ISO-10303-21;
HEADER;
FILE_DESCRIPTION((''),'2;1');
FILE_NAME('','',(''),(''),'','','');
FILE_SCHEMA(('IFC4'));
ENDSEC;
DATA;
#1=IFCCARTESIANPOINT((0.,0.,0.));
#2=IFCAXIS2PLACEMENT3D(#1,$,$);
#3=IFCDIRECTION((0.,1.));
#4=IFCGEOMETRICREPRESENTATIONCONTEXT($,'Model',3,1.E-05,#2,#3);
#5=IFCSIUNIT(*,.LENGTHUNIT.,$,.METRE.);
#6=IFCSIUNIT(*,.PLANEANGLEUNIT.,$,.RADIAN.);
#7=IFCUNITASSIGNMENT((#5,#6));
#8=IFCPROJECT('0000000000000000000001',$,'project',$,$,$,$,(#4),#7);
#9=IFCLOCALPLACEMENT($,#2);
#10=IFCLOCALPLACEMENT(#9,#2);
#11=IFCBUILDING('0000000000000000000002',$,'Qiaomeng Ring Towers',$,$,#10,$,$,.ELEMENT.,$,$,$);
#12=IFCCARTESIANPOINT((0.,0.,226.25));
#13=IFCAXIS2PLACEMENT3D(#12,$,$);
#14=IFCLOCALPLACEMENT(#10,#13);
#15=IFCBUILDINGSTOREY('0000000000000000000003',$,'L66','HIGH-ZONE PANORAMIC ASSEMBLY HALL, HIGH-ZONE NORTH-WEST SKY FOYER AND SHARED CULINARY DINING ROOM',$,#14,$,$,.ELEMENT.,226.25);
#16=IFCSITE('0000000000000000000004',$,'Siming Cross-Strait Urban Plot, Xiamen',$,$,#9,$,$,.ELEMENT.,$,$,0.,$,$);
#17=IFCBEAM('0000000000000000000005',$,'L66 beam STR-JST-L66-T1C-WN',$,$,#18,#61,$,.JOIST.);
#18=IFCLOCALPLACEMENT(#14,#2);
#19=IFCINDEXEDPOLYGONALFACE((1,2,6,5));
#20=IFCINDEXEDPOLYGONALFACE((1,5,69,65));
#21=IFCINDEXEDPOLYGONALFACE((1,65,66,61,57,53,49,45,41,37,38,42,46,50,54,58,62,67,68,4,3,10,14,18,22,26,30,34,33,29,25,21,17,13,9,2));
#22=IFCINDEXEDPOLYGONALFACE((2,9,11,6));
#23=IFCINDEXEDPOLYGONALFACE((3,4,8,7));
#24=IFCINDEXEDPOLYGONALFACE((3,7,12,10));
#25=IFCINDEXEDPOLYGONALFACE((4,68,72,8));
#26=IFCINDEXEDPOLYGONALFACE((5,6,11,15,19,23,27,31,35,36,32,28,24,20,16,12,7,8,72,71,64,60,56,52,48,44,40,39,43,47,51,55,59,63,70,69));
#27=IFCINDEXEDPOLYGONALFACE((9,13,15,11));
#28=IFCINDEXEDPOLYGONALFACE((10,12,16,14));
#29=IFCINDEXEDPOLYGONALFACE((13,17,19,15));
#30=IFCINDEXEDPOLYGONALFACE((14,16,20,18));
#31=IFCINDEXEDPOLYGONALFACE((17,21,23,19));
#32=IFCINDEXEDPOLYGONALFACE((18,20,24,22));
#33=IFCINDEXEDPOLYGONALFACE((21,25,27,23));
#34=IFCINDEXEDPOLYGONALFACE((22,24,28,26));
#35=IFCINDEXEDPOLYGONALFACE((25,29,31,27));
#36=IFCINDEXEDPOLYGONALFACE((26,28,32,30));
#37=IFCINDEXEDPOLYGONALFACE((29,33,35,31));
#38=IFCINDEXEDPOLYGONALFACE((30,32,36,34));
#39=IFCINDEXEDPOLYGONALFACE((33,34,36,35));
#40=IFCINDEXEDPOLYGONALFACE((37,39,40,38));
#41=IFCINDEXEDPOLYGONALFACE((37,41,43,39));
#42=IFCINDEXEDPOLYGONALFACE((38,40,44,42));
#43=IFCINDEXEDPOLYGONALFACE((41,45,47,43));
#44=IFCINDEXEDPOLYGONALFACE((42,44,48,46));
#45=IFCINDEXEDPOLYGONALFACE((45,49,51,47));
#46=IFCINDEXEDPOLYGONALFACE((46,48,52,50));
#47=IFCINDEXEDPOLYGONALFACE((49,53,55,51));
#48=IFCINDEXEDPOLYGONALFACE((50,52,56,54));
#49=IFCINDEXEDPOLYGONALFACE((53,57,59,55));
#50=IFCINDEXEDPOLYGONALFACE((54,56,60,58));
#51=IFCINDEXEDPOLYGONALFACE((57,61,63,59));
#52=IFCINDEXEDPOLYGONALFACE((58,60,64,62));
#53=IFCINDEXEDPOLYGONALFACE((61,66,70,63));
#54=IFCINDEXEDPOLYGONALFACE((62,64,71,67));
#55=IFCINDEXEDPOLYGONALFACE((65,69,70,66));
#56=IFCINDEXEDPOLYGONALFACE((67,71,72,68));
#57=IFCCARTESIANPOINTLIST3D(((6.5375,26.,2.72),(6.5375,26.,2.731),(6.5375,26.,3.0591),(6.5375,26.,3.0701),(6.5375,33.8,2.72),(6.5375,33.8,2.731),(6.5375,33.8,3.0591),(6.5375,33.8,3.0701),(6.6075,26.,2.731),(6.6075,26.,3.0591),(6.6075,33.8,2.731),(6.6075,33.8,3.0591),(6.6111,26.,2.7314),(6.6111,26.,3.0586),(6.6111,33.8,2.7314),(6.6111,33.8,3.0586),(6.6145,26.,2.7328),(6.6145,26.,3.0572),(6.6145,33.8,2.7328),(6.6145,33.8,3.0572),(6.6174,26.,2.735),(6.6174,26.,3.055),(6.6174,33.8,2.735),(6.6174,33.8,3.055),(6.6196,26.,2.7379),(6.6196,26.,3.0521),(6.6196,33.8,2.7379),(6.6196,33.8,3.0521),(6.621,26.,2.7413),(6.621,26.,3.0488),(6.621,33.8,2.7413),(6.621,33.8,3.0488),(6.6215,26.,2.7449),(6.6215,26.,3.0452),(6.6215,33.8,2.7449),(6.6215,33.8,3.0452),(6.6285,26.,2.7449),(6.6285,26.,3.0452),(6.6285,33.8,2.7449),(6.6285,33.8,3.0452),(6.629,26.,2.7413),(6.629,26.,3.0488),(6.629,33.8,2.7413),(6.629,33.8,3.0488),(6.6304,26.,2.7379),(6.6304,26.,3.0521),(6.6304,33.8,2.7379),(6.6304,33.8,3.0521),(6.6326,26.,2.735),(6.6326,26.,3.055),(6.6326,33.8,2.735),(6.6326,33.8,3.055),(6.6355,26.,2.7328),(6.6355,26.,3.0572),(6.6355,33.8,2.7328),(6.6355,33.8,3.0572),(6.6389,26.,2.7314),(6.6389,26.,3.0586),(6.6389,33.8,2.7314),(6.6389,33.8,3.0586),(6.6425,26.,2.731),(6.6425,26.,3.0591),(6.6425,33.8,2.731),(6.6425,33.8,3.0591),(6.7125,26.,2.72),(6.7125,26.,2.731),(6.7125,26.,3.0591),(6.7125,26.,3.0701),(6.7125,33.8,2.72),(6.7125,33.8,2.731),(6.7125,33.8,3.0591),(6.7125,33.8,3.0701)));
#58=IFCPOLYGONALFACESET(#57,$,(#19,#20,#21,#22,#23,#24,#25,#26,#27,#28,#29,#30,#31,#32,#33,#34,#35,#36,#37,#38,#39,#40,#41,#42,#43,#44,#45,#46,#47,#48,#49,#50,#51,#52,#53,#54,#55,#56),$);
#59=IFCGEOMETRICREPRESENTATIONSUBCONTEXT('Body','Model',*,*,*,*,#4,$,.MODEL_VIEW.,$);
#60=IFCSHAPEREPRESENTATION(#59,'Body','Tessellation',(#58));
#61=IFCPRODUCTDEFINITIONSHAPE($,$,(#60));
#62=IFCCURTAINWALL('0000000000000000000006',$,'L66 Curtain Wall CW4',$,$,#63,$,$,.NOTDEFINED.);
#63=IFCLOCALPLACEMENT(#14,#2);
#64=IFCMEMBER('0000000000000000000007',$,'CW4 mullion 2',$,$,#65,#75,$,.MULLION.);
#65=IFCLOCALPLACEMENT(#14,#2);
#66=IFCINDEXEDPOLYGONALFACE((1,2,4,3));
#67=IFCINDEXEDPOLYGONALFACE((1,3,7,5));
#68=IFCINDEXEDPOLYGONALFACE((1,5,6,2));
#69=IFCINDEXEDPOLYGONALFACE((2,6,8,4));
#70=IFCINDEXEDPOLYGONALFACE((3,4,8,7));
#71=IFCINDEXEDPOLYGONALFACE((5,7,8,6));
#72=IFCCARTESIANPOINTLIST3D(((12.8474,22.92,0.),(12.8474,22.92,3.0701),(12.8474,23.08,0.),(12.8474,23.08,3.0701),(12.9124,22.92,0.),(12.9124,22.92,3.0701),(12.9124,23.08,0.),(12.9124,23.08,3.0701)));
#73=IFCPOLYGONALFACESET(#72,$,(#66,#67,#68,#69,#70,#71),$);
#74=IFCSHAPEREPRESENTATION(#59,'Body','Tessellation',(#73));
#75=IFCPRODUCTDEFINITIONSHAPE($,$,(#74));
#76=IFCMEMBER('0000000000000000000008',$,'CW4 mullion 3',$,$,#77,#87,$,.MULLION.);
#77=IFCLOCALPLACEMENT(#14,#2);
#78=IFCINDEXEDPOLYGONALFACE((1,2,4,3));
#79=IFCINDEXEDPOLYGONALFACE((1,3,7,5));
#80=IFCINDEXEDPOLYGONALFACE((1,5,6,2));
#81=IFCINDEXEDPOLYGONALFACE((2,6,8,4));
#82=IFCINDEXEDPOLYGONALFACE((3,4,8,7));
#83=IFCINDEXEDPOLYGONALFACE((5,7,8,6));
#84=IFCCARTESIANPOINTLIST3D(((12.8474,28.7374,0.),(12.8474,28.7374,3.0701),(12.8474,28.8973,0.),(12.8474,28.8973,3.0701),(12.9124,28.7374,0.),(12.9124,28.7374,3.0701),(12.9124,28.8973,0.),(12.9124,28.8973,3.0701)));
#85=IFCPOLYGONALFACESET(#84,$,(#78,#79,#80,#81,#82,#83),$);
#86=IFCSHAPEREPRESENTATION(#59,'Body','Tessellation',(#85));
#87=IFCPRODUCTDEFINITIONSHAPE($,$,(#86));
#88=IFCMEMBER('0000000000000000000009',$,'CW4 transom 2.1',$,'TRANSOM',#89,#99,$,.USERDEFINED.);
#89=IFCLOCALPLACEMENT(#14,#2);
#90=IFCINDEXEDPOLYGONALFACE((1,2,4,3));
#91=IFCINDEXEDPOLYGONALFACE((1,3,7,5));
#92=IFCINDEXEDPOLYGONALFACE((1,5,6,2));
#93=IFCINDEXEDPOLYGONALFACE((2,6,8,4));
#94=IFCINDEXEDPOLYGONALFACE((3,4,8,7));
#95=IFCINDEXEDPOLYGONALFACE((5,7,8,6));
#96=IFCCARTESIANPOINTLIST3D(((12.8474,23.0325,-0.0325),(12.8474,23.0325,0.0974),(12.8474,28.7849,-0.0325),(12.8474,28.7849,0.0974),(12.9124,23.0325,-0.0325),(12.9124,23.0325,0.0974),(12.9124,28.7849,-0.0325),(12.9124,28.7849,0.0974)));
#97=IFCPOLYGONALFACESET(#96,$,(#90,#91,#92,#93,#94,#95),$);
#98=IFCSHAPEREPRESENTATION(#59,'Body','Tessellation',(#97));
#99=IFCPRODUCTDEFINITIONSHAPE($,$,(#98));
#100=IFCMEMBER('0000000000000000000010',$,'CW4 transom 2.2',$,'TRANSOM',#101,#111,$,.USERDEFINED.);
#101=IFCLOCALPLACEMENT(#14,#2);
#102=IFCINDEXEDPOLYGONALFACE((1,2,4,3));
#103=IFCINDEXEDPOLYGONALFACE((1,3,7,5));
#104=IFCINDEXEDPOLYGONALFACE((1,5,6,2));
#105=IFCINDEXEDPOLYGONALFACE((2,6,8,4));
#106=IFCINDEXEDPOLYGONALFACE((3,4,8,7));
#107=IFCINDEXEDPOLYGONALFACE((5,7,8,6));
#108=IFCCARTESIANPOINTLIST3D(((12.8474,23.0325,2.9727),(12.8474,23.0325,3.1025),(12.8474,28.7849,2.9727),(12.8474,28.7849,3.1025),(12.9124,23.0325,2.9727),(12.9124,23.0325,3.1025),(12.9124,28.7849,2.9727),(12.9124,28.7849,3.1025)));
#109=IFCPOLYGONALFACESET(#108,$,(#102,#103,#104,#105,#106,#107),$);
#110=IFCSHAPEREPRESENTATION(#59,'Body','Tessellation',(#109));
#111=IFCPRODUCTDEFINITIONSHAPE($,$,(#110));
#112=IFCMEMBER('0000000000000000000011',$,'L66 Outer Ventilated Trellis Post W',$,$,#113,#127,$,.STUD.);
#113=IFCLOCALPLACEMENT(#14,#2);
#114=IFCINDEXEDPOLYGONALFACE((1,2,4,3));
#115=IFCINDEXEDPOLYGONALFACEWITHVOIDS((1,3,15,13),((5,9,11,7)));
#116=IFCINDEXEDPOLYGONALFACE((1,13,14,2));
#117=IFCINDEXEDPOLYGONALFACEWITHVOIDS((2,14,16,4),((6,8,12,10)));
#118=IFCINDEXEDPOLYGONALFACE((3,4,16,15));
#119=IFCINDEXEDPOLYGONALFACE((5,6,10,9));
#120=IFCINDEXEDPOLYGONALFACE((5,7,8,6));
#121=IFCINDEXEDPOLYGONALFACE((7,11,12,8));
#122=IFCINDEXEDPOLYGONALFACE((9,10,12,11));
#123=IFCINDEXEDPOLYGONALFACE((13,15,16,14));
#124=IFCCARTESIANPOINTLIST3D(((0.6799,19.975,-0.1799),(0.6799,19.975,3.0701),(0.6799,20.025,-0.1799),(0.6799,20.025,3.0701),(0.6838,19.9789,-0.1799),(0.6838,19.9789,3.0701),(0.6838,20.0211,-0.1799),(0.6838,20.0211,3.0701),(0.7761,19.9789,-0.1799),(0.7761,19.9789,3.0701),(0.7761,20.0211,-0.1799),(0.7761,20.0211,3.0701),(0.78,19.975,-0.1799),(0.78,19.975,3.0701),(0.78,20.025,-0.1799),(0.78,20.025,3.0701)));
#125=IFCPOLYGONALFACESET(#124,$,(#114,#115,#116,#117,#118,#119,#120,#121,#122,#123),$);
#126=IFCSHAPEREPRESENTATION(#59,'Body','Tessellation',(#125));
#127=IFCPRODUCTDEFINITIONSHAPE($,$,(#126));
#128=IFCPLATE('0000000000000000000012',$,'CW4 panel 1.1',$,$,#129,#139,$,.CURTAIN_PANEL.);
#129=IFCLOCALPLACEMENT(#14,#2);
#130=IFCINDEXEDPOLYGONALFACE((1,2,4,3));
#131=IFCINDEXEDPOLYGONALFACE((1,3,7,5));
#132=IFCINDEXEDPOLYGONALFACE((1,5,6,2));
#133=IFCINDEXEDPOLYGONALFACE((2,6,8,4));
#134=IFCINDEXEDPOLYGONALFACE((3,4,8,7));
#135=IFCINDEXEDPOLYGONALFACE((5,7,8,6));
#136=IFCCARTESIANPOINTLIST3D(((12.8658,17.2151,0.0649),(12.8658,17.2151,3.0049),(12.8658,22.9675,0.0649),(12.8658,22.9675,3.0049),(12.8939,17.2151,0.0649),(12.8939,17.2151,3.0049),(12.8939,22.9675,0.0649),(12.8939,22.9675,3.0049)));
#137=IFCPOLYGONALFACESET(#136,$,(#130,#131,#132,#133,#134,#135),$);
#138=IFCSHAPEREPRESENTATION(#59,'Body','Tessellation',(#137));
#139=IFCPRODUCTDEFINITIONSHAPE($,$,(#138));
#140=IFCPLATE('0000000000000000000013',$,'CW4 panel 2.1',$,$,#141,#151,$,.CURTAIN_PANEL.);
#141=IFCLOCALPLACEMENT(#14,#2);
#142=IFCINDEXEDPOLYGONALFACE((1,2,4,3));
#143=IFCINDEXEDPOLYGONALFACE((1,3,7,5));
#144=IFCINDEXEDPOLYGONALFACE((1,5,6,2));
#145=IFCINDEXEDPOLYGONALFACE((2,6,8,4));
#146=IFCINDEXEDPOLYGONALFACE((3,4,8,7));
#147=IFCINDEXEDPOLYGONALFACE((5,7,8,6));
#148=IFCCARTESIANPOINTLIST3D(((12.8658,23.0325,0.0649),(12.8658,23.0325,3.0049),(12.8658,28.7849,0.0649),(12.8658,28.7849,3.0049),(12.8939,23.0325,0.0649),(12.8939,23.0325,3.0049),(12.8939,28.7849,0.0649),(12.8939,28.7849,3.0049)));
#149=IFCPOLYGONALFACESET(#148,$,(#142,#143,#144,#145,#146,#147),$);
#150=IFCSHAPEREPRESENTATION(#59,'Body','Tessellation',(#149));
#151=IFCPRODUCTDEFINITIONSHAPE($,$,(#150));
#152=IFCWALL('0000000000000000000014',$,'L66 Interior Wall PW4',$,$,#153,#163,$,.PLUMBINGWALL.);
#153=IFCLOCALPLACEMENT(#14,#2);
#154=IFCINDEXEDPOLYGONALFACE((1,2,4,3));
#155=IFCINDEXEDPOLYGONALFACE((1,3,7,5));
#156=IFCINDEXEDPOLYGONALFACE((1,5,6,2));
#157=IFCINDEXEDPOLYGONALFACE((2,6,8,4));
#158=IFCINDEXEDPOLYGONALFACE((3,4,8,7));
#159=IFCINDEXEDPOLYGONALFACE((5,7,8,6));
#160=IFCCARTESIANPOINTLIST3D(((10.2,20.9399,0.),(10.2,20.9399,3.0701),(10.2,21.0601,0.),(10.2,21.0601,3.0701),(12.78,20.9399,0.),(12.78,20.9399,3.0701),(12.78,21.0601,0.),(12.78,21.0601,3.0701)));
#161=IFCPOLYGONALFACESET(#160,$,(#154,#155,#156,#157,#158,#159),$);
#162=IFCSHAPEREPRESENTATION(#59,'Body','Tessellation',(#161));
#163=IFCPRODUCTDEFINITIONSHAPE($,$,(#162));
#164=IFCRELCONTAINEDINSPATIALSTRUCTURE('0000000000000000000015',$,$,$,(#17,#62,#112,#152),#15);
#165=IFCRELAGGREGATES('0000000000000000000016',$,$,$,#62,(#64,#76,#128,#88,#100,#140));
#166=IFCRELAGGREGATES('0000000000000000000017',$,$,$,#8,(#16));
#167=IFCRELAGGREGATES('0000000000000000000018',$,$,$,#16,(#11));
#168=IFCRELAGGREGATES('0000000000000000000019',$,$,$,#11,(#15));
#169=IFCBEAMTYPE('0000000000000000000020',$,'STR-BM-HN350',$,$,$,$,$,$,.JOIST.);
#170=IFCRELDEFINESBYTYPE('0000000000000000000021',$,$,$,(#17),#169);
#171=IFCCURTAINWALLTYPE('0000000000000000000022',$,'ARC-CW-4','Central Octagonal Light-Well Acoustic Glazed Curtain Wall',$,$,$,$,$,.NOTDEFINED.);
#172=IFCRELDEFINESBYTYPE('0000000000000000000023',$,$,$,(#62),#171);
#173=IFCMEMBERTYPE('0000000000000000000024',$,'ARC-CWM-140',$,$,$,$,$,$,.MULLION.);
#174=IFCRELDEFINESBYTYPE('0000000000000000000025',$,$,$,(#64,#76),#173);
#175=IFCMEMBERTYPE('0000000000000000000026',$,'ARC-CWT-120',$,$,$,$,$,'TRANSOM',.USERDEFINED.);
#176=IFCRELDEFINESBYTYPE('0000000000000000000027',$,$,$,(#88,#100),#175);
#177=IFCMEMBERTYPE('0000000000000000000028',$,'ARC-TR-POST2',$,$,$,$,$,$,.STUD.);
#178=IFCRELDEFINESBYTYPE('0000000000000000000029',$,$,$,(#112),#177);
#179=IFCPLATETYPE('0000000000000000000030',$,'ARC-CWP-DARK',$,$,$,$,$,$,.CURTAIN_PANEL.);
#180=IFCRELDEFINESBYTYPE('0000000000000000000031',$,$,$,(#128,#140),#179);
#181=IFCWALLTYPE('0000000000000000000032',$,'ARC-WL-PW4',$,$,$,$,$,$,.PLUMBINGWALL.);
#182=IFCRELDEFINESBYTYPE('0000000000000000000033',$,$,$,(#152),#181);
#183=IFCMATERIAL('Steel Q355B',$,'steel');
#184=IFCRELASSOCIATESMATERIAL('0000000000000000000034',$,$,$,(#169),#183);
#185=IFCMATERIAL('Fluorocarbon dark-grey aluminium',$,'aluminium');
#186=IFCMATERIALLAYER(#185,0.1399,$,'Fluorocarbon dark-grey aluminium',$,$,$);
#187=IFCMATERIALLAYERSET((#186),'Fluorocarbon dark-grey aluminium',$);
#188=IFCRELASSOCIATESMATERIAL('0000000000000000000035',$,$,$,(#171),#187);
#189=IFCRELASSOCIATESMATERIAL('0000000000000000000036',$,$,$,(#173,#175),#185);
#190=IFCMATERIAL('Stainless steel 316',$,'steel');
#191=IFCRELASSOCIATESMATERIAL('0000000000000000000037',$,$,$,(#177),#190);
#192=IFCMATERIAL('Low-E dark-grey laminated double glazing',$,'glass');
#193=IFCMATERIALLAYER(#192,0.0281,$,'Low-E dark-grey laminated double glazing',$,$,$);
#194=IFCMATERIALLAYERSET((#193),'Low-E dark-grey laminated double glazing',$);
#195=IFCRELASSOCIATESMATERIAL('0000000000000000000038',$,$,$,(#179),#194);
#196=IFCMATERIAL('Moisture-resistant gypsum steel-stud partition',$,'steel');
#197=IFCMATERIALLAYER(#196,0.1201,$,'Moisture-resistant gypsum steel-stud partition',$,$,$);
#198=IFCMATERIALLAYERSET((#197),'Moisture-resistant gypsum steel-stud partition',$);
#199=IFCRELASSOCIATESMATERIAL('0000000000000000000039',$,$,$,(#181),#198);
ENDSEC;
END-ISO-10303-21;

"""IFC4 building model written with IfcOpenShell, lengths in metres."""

from ifc_helpers import new_model, si_unit, direction, frame, frame_2d, origin, origin_2d, place, context, subcontext, project, spatial, rectangle, hollow_rectangle, i_section, extrude, source, transform, mapped, material, layer, layer_set, material_profile, profile_set, type_object, element, aggregate, save


model = new_model("IFC4")

# Units and contexts
model_context = context("Model", 3, precision=1e-05, world=origin(), true_north=direction((0.0, 1.0)))
body_context = subcontext(model_context, "Body", "Model", "MODEL_VIEW")
ifc_project = project(units=[si_unit("LENGTHUNIT", "METRE"), si_unit("PLANEANGLEUNIT", "RADIAN")], contexts=[model_context])

# Site, building, storey
site_placement = place(None, origin())
site = spatial("IfcSite", under=ifc_project, at=site_placement, Name="Siming Cross-Strait Urban Plot, Xiamen", CompositionType="ELEMENT", RefElevation=0.0)
building_placement = place(site_placement, origin())
building = spatial("IfcBuilding", under=site, at=building_placement, Name="Qiaomeng Ring Towers", CompositionType="ELEMENT")
storey_placement = place(building_placement, frame((0.0, 0.0, 226.25)))
storey = spatial("IfcBuildingStorey", under=building, at=storey_placement, Name="L66", Description="HIGH-ZONE PANORAMIC ASSEMBLY HALL, HIGH-ZONE NORTH-WEST SKY FOYER AND SHARED CULINARY DINING ROOM", CompositionType="ELEMENT", Elevation=226.25)

# Beam
ifc_material_1 = material(Name="Steel Q355B", Category="steel")
ifc_material_profile_1 = material_profile(ifc_material_1, i_section(OverallWidth=0.175, OverallDepth=0.3501, WebThickness=0.0071, FlangeThickness=0.011, FilletRadius=0.0139, at=origin_2d()), Name="HN 350x175x7x11")
ifc_profile_set_1 = profile_set([ifc_material_profile_1], Name="Steel Q355B")
beam_type_1 = type_object("IfcBeamType", Name="STR-BM-HN350", PredefinedType="JOIST", material=ifc_profile_set_1)
shared_shape_1 = source(origin(), body_context, "Body", "SweptSolid", [
    extrude(i_section(OverallWidth=0.175, OverallDepth=0.3501, WebThickness=0.0071, FlangeThickness=0.011, FilletRadius=0.0139, at=origin_2d()), origin(), (0.0, 0.0, 1.0), 7.8),
])
beam_1_placement = place(storey_placement, frame((6.625, 26.0, 2.895), z_axis=(0.0, 1.0, 0.0), x_axis=(-1.0, 0.0, 0.0)))
element("IfcBeam", 1, at=beam_1_placement, inside=storey, type_object=beam_type_1, Name="L66 beam STR-JST-L66-T1C-WN", PredefinedType="JOIST", context=body_context, shape_type="MappedRepresentation", body=[
    mapped(shared_shape_1, transform((0.0, 0.0, 0.0), x_axis=(1.0, 0.0, 0.0), y_axis=(0.0, 1.0, 0.0), z_axis=(0.0, 0.0, 1.0), scale=1.0)),
])

# Curtain wall, members
ifc_material_2 = material(Name="Fluorocarbon dark-grey aluminium", Category="aluminium")
ifc_layer_1 = layer(ifc_material_2, 0.1399, Name="Fluorocarbon dark-grey aluminium")
ifc_layer_set_1 = layer_set([ifc_layer_1], Name="Fluorocarbon dark-grey aluminium")
curtain_wall_type = type_object("IfcCurtainWallType", Name="ARC-CW-4", Description="Central Octagonal Light-Well Acoustic Glazed Curtain Wall", PredefinedType="NOTDEFINED", material=ifc_layer_set_1)
curtain_wall_placement = place(storey_placement, origin())
curtain_wall = element("IfcCurtainWall", 2, at=curtain_wall_placement, inside=storey, type_object=curtain_wall_type, Name="L66 Curtain Wall CW4", PredefinedType="NOTDEFINED")
ifc_material_profile_2 = material_profile(ifc_material_2, rectangle(XDim=0.0649, YDim=0.1599, at=origin_2d()), Name="ALU MULL 65x160")
ifc_profile_set_2 = profile_set([ifc_material_profile_2], Name="Fluorocarbon dark-grey aluminium")
member_type_1 = type_object("IfcMemberType", Name="ARC-CWM-140", PredefinedType="MULLION", material=ifc_profile_set_2)
shared_shape_2 = source(origin(), body_context, "Body", "SweptSolid", [
    extrude(rectangle(XDim=0.0649, YDim=0.1599, at=origin_2d()), origin(), (0.0, 0.0, 1.0), 3.0701),
])
member_1_placement = place(storey_placement, frame((12.8799, 23.0, 0.0), z_axis=(0.0, 0.0, 1.0), x_axis=(-1.0, 0.0, 0.0)))
member_1 = element("IfcMember", 3, at=member_1_placement, type_object=member_type_1, Name="CW4 mullion 2", PredefinedType="MULLION", context=body_context, shape_type="MappedRepresentation", body=[
    mapped(shared_shape_2, transform((0.0, 0.0, 0.0), x_axis=(1.0, 0.0, 0.0), y_axis=(0.0, 1.0, 0.0), z_axis=(0.0, 0.0, 1.0), scale=1.0)),
])
member_2_placement = place(storey_placement, frame((12.8799, 28.8174, 0.0), z_axis=(0.0, 0.0, 1.0), x_axis=(-1.0, 0.0, 0.0)))
member_2 = element("IfcMember", 4, at=member_2_placement, type_object=member_type_1, Name="CW4 mullion 3", PredefinedType="MULLION", context=body_context, shape_type="MappedRepresentation", body=[
    mapped(shared_shape_2, transform((0.0, 0.0, 0.0), x_axis=(1.0, 0.0, 0.0), y_axis=(0.0, 1.0, 0.0), z_axis=(0.0, 0.0, 1.0), scale=1.0)),
])
ifc_material_profile_3 = material_profile(ifc_material_2, rectangle(XDim=0.0649, YDim=0.1299, at=origin_2d()), Name="ALU TRAN 65x130")
ifc_profile_set_3 = profile_set([ifc_material_profile_3], Name="Fluorocarbon dark-grey aluminium")
member_type_2 = type_object("IfcMemberType", Name="ARC-CWT-120", ElementType="TRANSOM", PredefinedType="USERDEFINED", material=ifc_profile_set_3)
shared_shape_3 = source(origin(), body_context, "Body", "SweptSolid", [
    extrude(rectangle(XDim=0.0649, YDim=0.1299, at=origin_2d()), origin(), (0.0, 0.0, 1.0), 5.7524),
])
member_3_placement = place(storey_placement, frame((12.8799, 23.0325, 0.0325), z_axis=(0.0, 1.0, 0.0), x_axis=(-1.0, 0.0, 0.0)))
member_3 = element("IfcMember", 5, at=member_3_placement, type_object=member_type_2, Name="CW4 transom 2.1", ObjectType="TRANSOM", PredefinedType="USERDEFINED", context=body_context, shape_type="MappedRepresentation", body=[
    mapped(shared_shape_3, transform((0.0, 0.0, 0.0), x_axis=(1.0, 0.0, 0.0), y_axis=(0.0, 1.0, 0.0), z_axis=(0.0, 0.0, 1.0), scale=1.0)),
])
member_4_placement = place(storey_placement, frame((12.8799, 23.0325, 3.0376), z_axis=(0.0, 1.0, 0.0), x_axis=(-1.0, 0.0, 0.0)))
member_4 = element("IfcMember", 6, at=member_4_placement, type_object=member_type_2, Name="CW4 transom 2.2", ObjectType="TRANSOM", PredefinedType="USERDEFINED", context=body_context, shape_type="MappedRepresentation", body=[
    mapped(shared_shape_3, transform((0.0, 0.0, 0.0), x_axis=(1.0, 0.0, 0.0), y_axis=(0.0, 1.0, 0.0), z_axis=(0.0, 0.0, 1.0), scale=1.0)),
])

# Member
ifc_material_3 = material(Name="Stainless steel 316", Category="steel")
ifc_material_profile_4 = material_profile(ifc_material_3, hollow_rectangle(XDim=0.05, YDim=0.1001, WallThickness=0.0039, at=origin_2d()), Name="SS TRELLIS 100x50")
ifc_profile_set_4 = profile_set([ifc_material_profile_4], Name="Stainless steel 316")
member_type_3 = type_object("IfcMemberType", Name="ARC-TR-POST2", PredefinedType="STUD", material=ifc_profile_set_4)
shared_shape_4 = source(origin(), body_context, "Body", "SweptSolid", [
    extrude(hollow_rectangle(XDim=0.05, YDim=0.1001, WallThickness=0.0039, at=origin_2d()), origin(), (0.0, 0.0, 1.0), 3.25),
])
member_5_placement = place(storey_placement, frame((0.73, 20.0, -0.1799), z_axis=(0.0, 0.0, 1.0), x_axis=(0.0, 1.0, 0.0)))
element("IfcMember", 7, at=member_5_placement, inside=storey, type_object=member_type_3, Name="L66 Outer Ventilated Trellis Post W", PredefinedType="STUD", context=body_context, shape_type="MappedRepresentation", body=[
    mapped(shared_shape_4, transform((0.0, 0.0, 0.0), x_axis=(1.0, 0.0, 0.0), y_axis=(0.0, 1.0, 0.0), z_axis=(0.0, 0.0, 1.0), scale=1.0)),
])

# Plates
ifc_material_4 = material(Name="Low-E dark-grey laminated double glazing", Category="glass")
ifc_layer_2 = layer(ifc_material_4, 0.0281, Name="Low-E dark-grey laminated double glazing")
ifc_layer_set_2 = layer_set([ifc_layer_2], Name="Low-E dark-grey laminated double glazing")
plate_type = type_object("IfcPlateType", Name="ARC-CWP-DARK", PredefinedType="CURTAIN_PANEL", material=ifc_layer_set_2)
shared_shape_5 = source(origin(), body_context, "Body", "SweptSolid", [
    extrude(rectangle(XDim=5.7524, YDim=0.0281, at=origin_2d()), origin(), (0.0, 0.0, 1.0), 2.9399),
])
plate_1_placement = place(storey_placement, frame((12.8799, 20.0913, 0.0649), z_axis=(0.0, 0.0, 1.0), x_axis=(0.0, 1.0, 0.0)))
plate_1 = element("IfcPlate", 8, at=plate_1_placement, type_object=plate_type, Name="CW4 panel 1.1", PredefinedType="CURTAIN_PANEL", context=body_context, shape_type="MappedRepresentation", body=[
    mapped(shared_shape_5, transform((0.0, 0.0, 0.0), x_axis=(1.0, 0.0, 0.0), y_axis=(0.0, 1.0, 0.0), z_axis=(0.0, 0.0, 1.0), scale=1.0)),
])
plate_2_placement = place(storey_placement, frame((12.8799, 25.9087, 0.0649), z_axis=(0.0, 0.0, 1.0), x_axis=(0.0, 1.0, 0.0)))
plate_2 = element("IfcPlate", 9, at=plate_2_placement, type_object=plate_type, Name="CW4 panel 2.1", PredefinedType="CURTAIN_PANEL", context=body_context, shape_type="MappedRepresentation", body=[
    mapped(shared_shape_5, transform((0.0, 0.0, 0.0), x_axis=(1.0, 0.0, 0.0), y_axis=(0.0, 1.0, 0.0), z_axis=(0.0, 0.0, 1.0), scale=1.0)),
])
aggregate(curtain_wall, [member_1, member_2, plate_1, member_3, member_4, plate_2])

# Wall
ifc_material_5 = material(Name="Moisture-resistant gypsum steel-stud partition", Category="steel")
ifc_layer_3 = layer(ifc_material_5, 0.1201, Name="Moisture-resistant gypsum steel-stud partition")
ifc_layer_set_3 = layer_set([ifc_layer_3], Name="Moisture-resistant gypsum steel-stud partition")
wall_type_1 = type_object("IfcWallType", Name="ARC-WL-PW4", PredefinedType="PLUMBINGWALL", material=ifc_layer_set_3)
wall_1_placement = place(storey_placement, frame((10.2, 21.0, 0.0), z_axis=(0.0, 0.0, 1.0), x_axis=(1.0, 0.0, 0.0)))
element("IfcWall", 10, at=wall_1_placement, inside=storey, type_object=wall_type_1, Name="L66 Interior Wall PW4", PredefinedType="PLUMBINGWALL", context=body_context, shape_type="SweptSolid", body=[
    extrude(rectangle(XDim=2.5801, YDim=0.1201, at=frame_2d((1.29, 0.0))), origin(), (0.0, 0.0, 1.0), 3.0701),
])

save(model, "model.ifc")
